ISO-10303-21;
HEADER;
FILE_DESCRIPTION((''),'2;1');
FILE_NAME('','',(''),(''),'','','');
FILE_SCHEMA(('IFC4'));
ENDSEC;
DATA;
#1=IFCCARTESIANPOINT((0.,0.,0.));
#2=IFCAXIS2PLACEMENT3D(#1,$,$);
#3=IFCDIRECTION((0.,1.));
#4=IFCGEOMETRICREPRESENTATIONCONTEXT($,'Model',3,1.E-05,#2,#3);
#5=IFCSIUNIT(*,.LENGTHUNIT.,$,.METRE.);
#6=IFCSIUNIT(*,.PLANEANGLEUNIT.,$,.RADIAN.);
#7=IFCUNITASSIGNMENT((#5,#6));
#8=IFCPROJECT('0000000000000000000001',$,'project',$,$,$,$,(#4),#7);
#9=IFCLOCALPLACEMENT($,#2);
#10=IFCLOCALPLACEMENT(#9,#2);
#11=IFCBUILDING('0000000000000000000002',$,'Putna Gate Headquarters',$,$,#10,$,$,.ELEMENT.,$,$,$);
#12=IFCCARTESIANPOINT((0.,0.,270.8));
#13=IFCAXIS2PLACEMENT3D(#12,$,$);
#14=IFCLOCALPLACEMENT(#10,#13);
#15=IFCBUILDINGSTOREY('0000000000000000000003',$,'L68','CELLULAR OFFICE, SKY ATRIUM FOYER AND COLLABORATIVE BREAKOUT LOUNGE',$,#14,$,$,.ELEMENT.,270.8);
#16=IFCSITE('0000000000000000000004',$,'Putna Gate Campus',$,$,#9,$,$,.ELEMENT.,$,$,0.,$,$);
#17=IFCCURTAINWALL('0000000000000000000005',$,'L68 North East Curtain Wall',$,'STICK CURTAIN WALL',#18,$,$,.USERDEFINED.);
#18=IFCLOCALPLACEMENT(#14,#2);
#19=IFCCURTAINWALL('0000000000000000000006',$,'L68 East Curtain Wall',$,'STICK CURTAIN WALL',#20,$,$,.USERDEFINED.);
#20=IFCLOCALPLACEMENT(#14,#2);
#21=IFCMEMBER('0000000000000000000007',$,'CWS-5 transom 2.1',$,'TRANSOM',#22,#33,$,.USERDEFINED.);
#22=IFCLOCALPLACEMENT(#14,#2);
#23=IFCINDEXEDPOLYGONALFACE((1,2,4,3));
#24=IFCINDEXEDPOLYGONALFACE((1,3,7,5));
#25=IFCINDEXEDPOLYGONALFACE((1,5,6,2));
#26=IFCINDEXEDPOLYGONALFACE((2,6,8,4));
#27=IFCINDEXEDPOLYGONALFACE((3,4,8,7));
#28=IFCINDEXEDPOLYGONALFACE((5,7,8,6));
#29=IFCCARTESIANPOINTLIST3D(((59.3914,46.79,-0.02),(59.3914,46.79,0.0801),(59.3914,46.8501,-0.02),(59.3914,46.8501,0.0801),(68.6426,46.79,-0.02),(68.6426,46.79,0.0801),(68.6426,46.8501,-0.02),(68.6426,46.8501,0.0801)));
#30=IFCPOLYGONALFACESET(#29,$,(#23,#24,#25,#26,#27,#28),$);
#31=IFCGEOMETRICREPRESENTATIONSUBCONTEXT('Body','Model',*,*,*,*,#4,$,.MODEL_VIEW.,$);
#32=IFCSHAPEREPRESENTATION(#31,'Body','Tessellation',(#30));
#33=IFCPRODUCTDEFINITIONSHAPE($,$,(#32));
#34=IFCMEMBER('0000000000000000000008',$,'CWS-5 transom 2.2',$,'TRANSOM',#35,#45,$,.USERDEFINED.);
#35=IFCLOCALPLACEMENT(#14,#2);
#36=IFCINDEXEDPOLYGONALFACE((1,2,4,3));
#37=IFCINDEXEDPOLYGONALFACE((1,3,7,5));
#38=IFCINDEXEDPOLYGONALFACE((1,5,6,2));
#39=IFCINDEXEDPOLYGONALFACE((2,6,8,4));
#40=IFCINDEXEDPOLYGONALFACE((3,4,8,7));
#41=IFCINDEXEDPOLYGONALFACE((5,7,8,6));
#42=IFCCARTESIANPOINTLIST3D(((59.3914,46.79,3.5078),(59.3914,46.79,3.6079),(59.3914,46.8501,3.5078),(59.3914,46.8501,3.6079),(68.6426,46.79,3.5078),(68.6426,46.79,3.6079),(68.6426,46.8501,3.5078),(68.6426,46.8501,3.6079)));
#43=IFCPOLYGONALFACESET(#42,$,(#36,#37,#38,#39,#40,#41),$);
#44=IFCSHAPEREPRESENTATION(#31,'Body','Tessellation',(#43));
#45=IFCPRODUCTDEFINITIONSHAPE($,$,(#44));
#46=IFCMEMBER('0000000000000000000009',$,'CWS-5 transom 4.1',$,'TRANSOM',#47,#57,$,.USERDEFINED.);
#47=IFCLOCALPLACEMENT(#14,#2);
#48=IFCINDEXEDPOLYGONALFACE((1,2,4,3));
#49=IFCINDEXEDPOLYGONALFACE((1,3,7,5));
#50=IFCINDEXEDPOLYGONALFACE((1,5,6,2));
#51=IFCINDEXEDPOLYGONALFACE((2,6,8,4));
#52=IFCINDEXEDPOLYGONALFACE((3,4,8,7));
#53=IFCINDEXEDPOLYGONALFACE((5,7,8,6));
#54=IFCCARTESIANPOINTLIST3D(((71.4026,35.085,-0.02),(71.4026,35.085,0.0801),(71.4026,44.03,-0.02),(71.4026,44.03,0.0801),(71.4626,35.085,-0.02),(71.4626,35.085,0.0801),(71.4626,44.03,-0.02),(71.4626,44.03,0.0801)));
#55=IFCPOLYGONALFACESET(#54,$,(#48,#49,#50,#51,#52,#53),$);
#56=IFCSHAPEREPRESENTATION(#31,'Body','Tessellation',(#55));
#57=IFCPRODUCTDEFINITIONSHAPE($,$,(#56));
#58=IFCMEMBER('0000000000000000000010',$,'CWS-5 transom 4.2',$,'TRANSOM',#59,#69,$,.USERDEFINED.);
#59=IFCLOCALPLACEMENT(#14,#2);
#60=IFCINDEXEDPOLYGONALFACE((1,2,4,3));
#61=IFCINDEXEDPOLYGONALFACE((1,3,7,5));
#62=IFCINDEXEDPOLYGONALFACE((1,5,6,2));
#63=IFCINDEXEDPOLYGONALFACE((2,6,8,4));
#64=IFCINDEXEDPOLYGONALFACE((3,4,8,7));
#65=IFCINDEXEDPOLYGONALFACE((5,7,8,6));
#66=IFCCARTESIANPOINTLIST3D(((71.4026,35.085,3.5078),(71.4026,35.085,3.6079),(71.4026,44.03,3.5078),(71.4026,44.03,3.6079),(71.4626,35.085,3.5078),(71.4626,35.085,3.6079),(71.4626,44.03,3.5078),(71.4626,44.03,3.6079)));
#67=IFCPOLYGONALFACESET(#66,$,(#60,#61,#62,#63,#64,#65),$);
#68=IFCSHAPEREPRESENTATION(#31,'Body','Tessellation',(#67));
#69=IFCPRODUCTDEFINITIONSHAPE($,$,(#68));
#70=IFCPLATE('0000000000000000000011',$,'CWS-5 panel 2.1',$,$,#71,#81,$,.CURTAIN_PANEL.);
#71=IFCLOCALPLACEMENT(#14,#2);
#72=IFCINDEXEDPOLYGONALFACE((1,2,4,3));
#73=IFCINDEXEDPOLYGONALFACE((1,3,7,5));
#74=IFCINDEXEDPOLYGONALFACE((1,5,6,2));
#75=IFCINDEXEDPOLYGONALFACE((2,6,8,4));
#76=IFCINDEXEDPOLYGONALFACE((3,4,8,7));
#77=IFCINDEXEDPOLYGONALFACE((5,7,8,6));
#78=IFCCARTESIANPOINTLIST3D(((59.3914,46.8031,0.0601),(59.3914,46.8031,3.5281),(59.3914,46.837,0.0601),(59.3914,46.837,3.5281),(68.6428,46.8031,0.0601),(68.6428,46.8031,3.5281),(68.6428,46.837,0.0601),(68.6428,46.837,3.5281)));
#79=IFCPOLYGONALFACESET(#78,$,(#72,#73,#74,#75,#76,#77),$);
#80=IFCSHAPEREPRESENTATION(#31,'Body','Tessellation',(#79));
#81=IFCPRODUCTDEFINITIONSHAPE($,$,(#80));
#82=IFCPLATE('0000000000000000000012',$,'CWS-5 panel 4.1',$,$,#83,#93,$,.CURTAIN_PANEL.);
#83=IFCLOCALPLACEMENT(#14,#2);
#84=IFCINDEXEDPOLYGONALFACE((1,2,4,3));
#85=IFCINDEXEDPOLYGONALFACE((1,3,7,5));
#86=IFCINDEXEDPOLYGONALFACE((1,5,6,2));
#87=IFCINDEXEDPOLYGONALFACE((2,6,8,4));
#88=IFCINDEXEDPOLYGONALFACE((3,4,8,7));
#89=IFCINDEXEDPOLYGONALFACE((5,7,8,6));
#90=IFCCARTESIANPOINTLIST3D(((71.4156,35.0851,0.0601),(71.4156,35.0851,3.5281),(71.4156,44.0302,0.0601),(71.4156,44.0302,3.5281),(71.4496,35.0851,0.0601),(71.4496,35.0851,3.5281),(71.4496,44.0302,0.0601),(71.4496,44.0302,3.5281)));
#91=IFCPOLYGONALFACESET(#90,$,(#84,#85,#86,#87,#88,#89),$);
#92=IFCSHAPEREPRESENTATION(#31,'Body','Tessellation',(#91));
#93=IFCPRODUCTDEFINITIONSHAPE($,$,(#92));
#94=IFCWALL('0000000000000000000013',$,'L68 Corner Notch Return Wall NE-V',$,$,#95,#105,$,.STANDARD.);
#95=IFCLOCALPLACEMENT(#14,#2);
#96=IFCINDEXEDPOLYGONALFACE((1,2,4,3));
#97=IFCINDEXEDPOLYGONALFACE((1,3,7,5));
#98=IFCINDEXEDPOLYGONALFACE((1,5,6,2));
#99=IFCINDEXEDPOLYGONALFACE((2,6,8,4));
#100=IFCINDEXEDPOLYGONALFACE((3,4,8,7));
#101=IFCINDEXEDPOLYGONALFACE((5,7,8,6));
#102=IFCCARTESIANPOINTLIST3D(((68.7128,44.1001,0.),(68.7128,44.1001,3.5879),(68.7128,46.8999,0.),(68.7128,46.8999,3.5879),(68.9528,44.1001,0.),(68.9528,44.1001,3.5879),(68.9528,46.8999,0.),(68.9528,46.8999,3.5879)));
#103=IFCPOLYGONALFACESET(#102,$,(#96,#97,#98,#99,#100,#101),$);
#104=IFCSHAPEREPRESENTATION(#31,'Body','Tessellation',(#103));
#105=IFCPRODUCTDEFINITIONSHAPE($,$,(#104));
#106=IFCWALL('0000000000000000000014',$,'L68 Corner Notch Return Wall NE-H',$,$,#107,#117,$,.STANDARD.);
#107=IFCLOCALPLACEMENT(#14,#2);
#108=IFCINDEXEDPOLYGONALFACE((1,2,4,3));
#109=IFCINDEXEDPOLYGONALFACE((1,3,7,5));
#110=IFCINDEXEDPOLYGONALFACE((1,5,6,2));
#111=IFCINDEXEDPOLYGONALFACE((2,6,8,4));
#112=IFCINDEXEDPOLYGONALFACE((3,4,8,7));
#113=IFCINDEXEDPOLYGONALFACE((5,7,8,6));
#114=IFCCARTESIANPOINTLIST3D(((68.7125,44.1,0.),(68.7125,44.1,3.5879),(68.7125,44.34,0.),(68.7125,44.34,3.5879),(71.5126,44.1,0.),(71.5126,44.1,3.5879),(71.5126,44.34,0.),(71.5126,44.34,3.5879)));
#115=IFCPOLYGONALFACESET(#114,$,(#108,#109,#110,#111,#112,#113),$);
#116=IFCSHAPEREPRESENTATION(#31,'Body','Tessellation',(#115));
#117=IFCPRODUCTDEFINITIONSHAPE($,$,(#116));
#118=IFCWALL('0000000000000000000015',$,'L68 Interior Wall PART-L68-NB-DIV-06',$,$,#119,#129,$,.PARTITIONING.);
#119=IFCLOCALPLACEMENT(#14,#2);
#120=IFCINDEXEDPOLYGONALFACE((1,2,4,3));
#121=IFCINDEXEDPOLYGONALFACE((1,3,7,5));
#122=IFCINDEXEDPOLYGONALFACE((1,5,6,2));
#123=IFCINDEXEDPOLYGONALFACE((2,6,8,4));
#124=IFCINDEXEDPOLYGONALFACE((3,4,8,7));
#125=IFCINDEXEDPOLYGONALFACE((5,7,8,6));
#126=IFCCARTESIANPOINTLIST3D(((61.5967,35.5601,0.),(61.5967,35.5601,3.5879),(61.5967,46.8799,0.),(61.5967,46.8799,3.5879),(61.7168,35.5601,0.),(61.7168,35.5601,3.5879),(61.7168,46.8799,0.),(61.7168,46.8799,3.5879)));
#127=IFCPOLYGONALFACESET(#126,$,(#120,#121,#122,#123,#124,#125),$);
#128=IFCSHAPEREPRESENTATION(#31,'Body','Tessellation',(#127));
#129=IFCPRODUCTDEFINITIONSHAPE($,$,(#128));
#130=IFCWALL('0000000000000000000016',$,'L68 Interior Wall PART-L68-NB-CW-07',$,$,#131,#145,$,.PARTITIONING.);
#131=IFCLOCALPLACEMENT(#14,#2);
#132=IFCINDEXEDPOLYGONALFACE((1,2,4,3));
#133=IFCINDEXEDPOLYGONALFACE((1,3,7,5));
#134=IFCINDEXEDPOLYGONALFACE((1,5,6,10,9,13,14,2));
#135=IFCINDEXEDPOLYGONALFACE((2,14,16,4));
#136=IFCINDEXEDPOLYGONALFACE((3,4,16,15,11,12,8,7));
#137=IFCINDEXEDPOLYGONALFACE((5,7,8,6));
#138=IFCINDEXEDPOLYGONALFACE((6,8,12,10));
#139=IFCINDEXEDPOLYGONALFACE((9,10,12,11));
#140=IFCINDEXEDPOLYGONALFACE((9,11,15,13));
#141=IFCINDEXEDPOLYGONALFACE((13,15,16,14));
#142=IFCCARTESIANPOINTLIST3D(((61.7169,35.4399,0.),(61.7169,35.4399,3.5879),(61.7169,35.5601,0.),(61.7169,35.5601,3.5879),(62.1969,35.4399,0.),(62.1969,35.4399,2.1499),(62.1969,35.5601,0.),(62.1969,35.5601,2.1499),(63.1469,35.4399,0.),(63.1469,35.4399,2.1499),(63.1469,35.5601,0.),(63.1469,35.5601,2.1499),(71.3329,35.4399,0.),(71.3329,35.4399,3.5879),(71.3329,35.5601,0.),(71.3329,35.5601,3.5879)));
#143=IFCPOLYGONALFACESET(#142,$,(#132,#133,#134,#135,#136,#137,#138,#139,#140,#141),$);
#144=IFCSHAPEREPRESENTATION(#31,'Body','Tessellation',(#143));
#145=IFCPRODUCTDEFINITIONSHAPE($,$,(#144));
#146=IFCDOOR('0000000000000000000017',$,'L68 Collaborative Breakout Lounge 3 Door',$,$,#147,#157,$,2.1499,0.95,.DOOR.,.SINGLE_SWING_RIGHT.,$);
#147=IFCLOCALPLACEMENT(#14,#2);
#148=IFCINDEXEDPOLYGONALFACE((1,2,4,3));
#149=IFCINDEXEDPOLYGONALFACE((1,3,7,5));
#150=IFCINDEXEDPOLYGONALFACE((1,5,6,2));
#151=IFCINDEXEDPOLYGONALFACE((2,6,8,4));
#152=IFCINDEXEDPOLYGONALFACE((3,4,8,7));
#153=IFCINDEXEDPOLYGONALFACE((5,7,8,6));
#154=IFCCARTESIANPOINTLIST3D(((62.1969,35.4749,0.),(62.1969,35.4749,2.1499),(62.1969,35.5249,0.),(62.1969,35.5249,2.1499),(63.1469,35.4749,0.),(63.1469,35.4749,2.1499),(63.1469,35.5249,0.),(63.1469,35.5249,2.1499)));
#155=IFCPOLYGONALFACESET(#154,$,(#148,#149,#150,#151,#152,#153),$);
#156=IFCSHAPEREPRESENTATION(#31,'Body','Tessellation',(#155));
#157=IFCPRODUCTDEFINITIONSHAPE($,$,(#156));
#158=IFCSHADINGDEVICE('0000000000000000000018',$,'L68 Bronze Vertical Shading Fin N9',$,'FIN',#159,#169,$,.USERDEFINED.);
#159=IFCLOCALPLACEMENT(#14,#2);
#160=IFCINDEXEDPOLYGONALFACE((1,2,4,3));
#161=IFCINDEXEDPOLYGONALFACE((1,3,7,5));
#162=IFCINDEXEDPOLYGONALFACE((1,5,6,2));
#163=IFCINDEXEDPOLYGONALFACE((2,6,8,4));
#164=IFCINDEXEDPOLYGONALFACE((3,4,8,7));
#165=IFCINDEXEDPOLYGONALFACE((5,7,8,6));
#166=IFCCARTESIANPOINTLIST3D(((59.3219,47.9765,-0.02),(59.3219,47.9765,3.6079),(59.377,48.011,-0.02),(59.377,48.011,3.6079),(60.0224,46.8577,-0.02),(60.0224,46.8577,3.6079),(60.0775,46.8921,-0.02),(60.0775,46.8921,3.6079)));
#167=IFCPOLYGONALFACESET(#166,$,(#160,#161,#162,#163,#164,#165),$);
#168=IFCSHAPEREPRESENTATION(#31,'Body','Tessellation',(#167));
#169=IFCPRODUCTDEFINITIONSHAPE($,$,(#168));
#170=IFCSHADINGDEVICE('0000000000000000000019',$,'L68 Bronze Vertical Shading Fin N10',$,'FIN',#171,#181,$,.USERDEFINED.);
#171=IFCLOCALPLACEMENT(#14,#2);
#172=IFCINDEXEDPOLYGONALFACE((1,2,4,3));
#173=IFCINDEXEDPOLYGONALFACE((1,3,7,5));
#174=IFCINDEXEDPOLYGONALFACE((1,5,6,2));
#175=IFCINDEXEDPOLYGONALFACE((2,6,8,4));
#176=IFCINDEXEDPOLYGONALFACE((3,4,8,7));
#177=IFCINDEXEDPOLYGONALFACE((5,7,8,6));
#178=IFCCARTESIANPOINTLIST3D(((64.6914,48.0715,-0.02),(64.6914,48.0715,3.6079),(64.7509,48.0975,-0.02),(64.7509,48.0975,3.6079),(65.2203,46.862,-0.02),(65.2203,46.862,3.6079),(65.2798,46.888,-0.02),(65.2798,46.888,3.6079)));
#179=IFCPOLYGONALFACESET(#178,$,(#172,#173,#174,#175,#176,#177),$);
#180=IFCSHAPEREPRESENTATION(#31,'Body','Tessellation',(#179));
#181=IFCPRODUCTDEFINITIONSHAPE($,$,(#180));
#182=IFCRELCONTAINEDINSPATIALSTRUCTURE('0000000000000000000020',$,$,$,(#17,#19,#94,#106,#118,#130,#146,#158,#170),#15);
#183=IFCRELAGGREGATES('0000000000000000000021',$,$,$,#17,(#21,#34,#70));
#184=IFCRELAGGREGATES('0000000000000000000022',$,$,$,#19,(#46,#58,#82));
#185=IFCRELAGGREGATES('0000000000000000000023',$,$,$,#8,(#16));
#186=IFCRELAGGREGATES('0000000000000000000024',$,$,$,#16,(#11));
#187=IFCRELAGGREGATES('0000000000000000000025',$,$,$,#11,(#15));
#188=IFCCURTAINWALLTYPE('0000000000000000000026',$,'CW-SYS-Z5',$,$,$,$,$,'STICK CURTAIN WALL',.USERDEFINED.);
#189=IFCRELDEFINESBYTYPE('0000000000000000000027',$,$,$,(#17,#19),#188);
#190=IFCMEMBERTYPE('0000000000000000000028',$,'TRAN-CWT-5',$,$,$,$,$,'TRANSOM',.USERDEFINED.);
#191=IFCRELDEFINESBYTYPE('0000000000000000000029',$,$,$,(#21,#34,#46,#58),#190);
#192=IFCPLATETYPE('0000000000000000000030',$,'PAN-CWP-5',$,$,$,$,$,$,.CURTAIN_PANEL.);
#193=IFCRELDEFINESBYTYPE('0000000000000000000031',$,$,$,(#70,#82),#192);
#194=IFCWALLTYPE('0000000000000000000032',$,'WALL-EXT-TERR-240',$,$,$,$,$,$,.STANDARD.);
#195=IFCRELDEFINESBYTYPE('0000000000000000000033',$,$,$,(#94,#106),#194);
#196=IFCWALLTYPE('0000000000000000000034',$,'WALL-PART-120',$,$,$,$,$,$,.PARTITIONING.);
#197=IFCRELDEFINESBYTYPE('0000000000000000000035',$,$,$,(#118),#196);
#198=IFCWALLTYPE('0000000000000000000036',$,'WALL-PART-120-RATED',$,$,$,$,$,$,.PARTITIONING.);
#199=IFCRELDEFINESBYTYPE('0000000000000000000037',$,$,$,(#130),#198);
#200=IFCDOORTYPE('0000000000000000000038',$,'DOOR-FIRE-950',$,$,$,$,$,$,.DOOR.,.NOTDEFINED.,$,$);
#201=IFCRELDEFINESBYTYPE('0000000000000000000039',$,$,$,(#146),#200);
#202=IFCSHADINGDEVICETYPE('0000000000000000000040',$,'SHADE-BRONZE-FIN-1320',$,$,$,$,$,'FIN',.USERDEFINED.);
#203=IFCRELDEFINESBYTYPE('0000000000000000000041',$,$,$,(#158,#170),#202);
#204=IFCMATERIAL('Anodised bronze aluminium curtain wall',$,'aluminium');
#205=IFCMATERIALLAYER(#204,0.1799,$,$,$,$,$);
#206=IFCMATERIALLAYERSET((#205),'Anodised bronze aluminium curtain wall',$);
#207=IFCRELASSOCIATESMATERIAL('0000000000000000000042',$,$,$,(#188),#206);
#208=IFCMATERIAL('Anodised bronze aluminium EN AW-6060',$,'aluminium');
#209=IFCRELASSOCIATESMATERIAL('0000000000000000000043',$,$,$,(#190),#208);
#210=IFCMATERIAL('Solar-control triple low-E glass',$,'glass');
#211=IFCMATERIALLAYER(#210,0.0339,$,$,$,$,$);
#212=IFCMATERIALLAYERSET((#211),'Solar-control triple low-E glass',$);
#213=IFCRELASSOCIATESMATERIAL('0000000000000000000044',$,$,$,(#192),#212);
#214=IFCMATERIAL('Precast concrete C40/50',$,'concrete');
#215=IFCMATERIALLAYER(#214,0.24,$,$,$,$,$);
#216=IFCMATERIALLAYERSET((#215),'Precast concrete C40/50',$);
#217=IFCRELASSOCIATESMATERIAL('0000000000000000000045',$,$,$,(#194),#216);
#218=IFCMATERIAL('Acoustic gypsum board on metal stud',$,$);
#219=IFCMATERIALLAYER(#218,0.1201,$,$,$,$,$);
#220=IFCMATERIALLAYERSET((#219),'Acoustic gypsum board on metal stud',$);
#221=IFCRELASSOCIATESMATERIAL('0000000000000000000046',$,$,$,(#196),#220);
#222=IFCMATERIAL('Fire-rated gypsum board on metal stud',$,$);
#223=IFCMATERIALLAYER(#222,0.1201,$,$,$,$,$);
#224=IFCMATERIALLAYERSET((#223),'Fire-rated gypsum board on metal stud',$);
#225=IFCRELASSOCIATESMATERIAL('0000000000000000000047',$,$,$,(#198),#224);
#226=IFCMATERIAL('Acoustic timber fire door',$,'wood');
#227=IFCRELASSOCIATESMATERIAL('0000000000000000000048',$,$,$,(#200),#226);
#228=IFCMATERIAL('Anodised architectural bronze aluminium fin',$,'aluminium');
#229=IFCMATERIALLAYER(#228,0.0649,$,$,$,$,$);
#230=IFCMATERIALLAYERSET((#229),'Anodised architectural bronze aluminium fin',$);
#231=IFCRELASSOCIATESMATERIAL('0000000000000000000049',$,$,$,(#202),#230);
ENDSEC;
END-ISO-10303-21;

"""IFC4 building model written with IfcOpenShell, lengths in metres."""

from ifc_helpers import new_model, si_unit, direction, frame, frame_2d, origin, origin_2d, place, context, subcontext, project, spatial, rectangle, extrude, material, layer, layer_set, material_profile, profile_set, type_object, element, fill, aggregate, save


model = new_model("IFC4")

# Units and contexts
model_context = context("Model", 3, precision=1e-05, world=origin(), true_north=direction((0.0, 1.0)))
body_context = subcontext(model_context, "Body", "Model", "MODEL_VIEW")
ifc_project = project(units=[si_unit("LENGTHUNIT", "METRE"), si_unit("PLANEANGLEUNIT", "RADIAN")], contexts=[model_context])

# Site, building, storey
site_placement = place(None, origin())
site = spatial("IfcSite", under=ifc_project, at=site_placement, Name="Putna Gate Campus", CompositionType="ELEMENT", RefElevation=0.0)
building_placement = place(site_placement, origin())
building = spatial("IfcBuilding", under=site, at=building_placement, Name="Putna Gate Headquarters", CompositionType="ELEMENT")
storey_placement = place(building_placement, frame((0.0, 0.0, 270.8)))
storey = spatial("IfcBuildingStorey", under=building, at=storey_placement, Name="L68", Description="CELLULAR OFFICE, SKY ATRIUM FOYER AND COLLABORATIVE BREAKOUT LOUNGE", CompositionType="ELEMENT", Elevation=270.8)

# Curtain walls
ifc_material_1 = material(Name="Anodised bronze aluminium curtain wall", Category="aluminium")
ifc_layer_1 = layer(ifc_material_1, 0.1799)
ifc_layer_set_1 = layer_set([ifc_layer_1], Name="Anodised bronze aluminium curtain wall")
curtain_wall_type = type_object("IfcCurtainWallType", Name="CW-SYS-Z5", ElementType="STICK CURTAIN WALL", PredefinedType="USERDEFINED", material=ifc_layer_set_1)
curtain_wall_1_placement = place(storey_placement, origin())
curtain_wall_1 = element("IfcCurtainWall", 1, at=curtain_wall_1_placement, inside=storey, type_object=curtain_wall_type, Name="L68 North East Curtain Wall", ObjectType="STICK CURTAIN WALL", PredefinedType="USERDEFINED")
ifc_material_2 = material(Name="Anodised bronze aluminium EN AW-6060", Category="aluminium")
curtain_wall_2_placement = place(storey_placement, origin())
curtain_wall_2 = element("IfcCurtainWall", 2, at=curtain_wall_2_placement, inside=storey, type_object=curtain_wall_type, Name="L68 East Curtain Wall", ObjectType="STICK CURTAIN WALL", PredefinedType="USERDEFINED")

# Members
ifc_material_profile_1 = material_profile(ifc_material_2, rectangle(XDim=0.0601, YDim=0.1001, at=origin_2d()), Name="Anodised bronze aluminium EN AW-6060")
ifc_profile_set_1 = profile_set([ifc_material_profile_1], Name="Anodised bronze aluminium EN AW-6060")
member_type_1 = type_object("IfcMemberType", Name="TRAN-CWT-5", ElementType="TRANSOM", PredefinedType="USERDEFINED", material=ifc_profile_set_1)
member_1_placement = place(storey_placement, frame((59.3914, 46.8201, 0.03), z_axis=(1.0, 0.0, 0.0), x_axis=(0.0, 1.0, 0.0)))
member_1 = element("IfcMember", 3, at=member_1_placement, type_object=member_type_1, Name="CWS-5 transom 2.1", ObjectType="TRANSOM", PredefinedType="USERDEFINED", context=body_context, shape_type="SweptSolid", body=[
    extrude(rectangle(XDim=0.0601, YDim=0.1001, at=origin_2d()), origin(), (0.0, 0.0, 1.0), 9.2512),
])
member_2_placement = place(storey_placement, frame((59.3914, 46.8201, 3.5579), z_axis=(1.0, 0.0, 0.0), x_axis=(0.0, 1.0, 0.0)))
member_2 = element("IfcMember", 4, at=member_2_placement, type_object=member_type_1, Name="CWS-5 transom 2.2", ObjectType="TRANSOM", PredefinedType="USERDEFINED", context=body_context, shape_type="SweptSolid", body=[
    extrude(rectangle(XDim=0.0601, YDim=0.1001, at=origin_2d()), origin(), (0.0, 0.0, 1.0), 9.2512),
])
member_3_placement = place(storey_placement, frame((71.4326, 35.085, 0.03), z_axis=(0.0, 1.0, 0.0), x_axis=(-1.0, 0.0, 0.0)))
member_3 = element("IfcMember", 5, at=member_3_placement, type_object=member_type_1, Name="CWS-5 transom 4.1", ObjectType="TRANSOM", PredefinedType="USERDEFINED", context=body_context, shape_type="SweptSolid", body=[
    extrude(rectangle(XDim=0.0601, YDim=0.1001, at=origin_2d()), origin(), (0.0, 0.0, 1.0), 8.9451),
])
member_4_placement = place(storey_placement, frame((71.4326, 35.085, 3.5579), z_axis=(0.0, 1.0, 0.0), x_axis=(-1.0, 0.0, 0.0)))
member_4 = element("IfcMember", 6, at=member_4_placement, type_object=member_type_1, Name="CWS-5 transom 4.2", ObjectType="TRANSOM", PredefinedType="USERDEFINED", context=body_context, shape_type="SweptSolid", body=[
    extrude(rectangle(XDim=0.0601, YDim=0.1001, at=origin_2d()), origin(), (0.0, 0.0, 1.0), 8.9451),
])

# Plates
ifc_material_3 = material(Name="Solar-control triple low-E glass", Category="glass")
ifc_layer_2 = layer(ifc_material_3, 0.0339)
ifc_layer_set_2 = layer_set([ifc_layer_2], Name="Solar-control triple low-E glass")
plate_type = type_object("IfcPlateType", Name="PAN-CWP-5", PredefinedType="CURTAIN_PANEL", material=ifc_layer_set_2)
plate_1_placement = place(storey_placement, frame((64.0171, 46.8201, 0.0601), z_axis=(0.0, 0.0, 1.0), x_axis=(1.0, 0.0, 0.0)))
plate_1 = element("IfcPlate", 7, at=plate_1_placement, type_object=plate_type, Name="CWS-5 panel 2.1", PredefinedType="CURTAIN_PANEL", context=body_context, shape_type="SweptSolid", body=[
    extrude(rectangle(XDim=9.2515, YDim=0.0339, at=origin_2d()), origin(), (0.0, 0.0, 1.0), 3.468),
])
aggregate(curtain_wall_1, [member_1, member_2, plate_1])
plate_2_placement = place(storey_placement, frame((71.4326, 39.5576, 0.0601), z_axis=(0.0, 0.0, 1.0), x_axis=(0.0, 1.0, 0.0)))
plate_2 = element("IfcPlate", 8, at=plate_2_placement, type_object=plate_type, Name="CWS-5 panel 4.1", PredefinedType="CURTAIN_PANEL", context=body_context, shape_type="SweptSolid", body=[
    extrude(rectangle(XDim=8.9451, YDim=0.0339, at=origin_2d()), origin(), (0.0, 0.0, 1.0), 3.468),
])
aggregate(curtain_wall_2, [member_3, member_4, plate_2])

# Walls
ifc_material_4 = material(Name="Precast concrete C40/50", Category="concrete")
ifc_layer_3 = layer(ifc_material_4, 0.24)
ifc_layer_set_3 = layer_set([ifc_layer_3], Name="Precast concrete C40/50")
wall_type_1 = type_object("IfcWallType", Name="WALL-EXT-TERR-240", PredefinedType="STANDARD", material=ifc_layer_set_3)
wall_1_placement = place(storey_placement, frame((68.8328, 46.8999, 0.0), z_axis=(0.0, 0.0, 1.0), x_axis=(0.0, -1.0, 0.0)))
element("IfcWall", 9, at=wall_1_placement, inside=storey, type_object=wall_type_1, Name="L68 Corner Notch Return Wall NE-V", PredefinedType="STANDARD", context=body_context, shape_type="SweptSolid", body=[
    extrude(rectangle(XDim=2.7998, YDim=0.24, at=frame_2d((1.3999, 0.0))), origin(), (0.0, 0.0, 1.0), 3.5879),
])
wall_2_placement = place(storey_placement, frame((68.7126, 44.22, 0.0), z_axis=(0.0, 0.0, 1.0), x_axis=(1.0, 0.0, 0.0)))
element("IfcWall", 10, at=wall_2_placement, inside=storey, type_object=wall_type_1, Name="L68 Corner Notch Return Wall NE-H", PredefinedType="STANDARD", context=body_context, shape_type="SweptSolid", body=[
    extrude(rectangle(XDim=2.8, YDim=0.24, at=frame_2d((1.3999, 0.0))), origin(), (0.0, 0.0, 1.0), 3.5879),
])
ifc_material_5 = material(Name="Acoustic gypsum board on metal stud")
ifc_layer_4 = layer(ifc_material_5, 0.1201)
ifc_layer_set_4 = layer_set([ifc_layer_4], Name="Acoustic gypsum board on metal stud")
wall_type_2 = type_object("IfcWallType", Name="WALL-PART-120", PredefinedType="PARTITIONING", material=ifc_layer_set_4)
wall_3_placement = place(storey_placement, frame((61.6567, 35.5601, 0.0), z_axis=(0.0, 0.0, 1.0), x_axis=(0.0, 1.0, 0.0)))
element("IfcWall", 11, at=wall_3_placement, inside=storey, type_object=wall_type_2, Name="L68 Interior Wall PART-L68-NB-DIV-06", PredefinedType="PARTITIONING", context=body_context, shape_type="SweptSolid", body=[
    extrude(rectangle(XDim=11.3198, YDim=0.1201, at=frame_2d((5.6599, 0.0))), origin(), (0.0, 0.0, 1.0), 3.5879),
])

# Wall, opening, door
ifc_material_6 = material(Name="Fire-rated gypsum board on metal stud")
ifc_layer_5 = layer(ifc_material_6, 0.1201)
ifc_layer_set_5 = layer_set([ifc_layer_5], Name="Fire-rated gypsum board on metal stud")
wall_type_3 = type_object("IfcWallType", Name="WALL-PART-120-RATED", PredefinedType="PARTITIONING", material=ifc_layer_set_5)
wall_4_placement = place(storey_placement, frame((61.7168, 35.5, 0.0), z_axis=(0.0, 0.0, 1.0), x_axis=(1.0, 0.0, 0.0)))
wall_4 = element("IfcWall", 12, at=wall_4_placement, inside=storey, type_object=wall_type_3, Name="L68 Interior Wall PART-L68-NB-CW-07", PredefinedType="PARTITIONING", context=body_context, shape_type="SweptSolid", body=[
    extrude(rectangle(XDim=9.616, YDim=0.1201, at=frame_2d((4.8081, 0.0))), origin(), (0.0, 0.0, 1.0), 3.5879),
])
opening_placement = place(wall_4_placement, frame((0.48, 0.0, 0.0)))
opening = element("IfcOpeningElement", 13, at=opening_placement, cuts=wall_4, PredefinedType="OPENING", context=body_context, shape_type="SweptSolid", body=[
    extrude(rectangle(XDim=0.95, YDim=2.1499, at=frame_2d((0.4751, 1.075))), frame((0.0, 0.0701, 0.0), z_axis=(0.0, -1.0, 0.0), x_axis=(1.0, 0.0, 0.0)), (0.0, 0.0, 1.0), 0.1401),
])
ifc_material_7 = material(Name="Acoustic timber fire door", Category="wood")
door_type = type_object("IfcDoorType", Name="DOOR-FIRE-950", OperationType="NOTDEFINED", PredefinedType="DOOR", material=ifc_material_7)
door_placement = place(opening_placement, origin())
door = element("IfcDoor", 14, at=door_placement, inside=storey, type_object=door_type, Name="L68 Collaborative Breakout Lounge 3 Door", OperationType="SINGLE_SWING_RIGHT", OverallHeight=2.1499, OverallWidth=0.95, PredefinedType="DOOR", context=body_context, shape_type="SweptSolid", body=[
    extrude(rectangle(XDim=0.95, YDim=2.1499, at=frame_2d((0.4751, 1.075))), frame((0.0, 0.0249, 0.0), z_axis=(0.0, -1.0, 0.0), x_axis=(1.0, 0.0, 0.0)), (0.0, 0.0, 1.0), 0.05),
])
fill(opening, door)

# Shading devices
ifc_material_8 = material(Name="Anodised architectural bronze aluminium fin", Category="aluminium")
ifc_layer_6 = layer(ifc_material_8, 0.0649)
ifc_layer_set_6 = layer_set([ifc_layer_6], Name="Anodised architectural bronze aluminium fin")
shading_device_type = type_object("IfcShadingDeviceType", Name="SHADE-BRONZE-FIN-1320", ElementType="FIN", PredefinedType="USERDEFINED", material=ifc_layer_set_6)
for number, where, z_axis, x_axis, name in (
    (15, (59.6997, 47.4343, -0.02), (0.0, 0.0, 1.0), (-0.530659, 0.847585, 0.0), "L68 Bronze Vertical Shading Fin N9"),
    (16, (64.9856, 47.4797, -0.02), (0.0, 0.0, 1.0), (-0.400669, 0.916223, 0.0), "L68 Bronze Vertical Shading Fin N10"),
):
    element("IfcShadingDevice", number, at=place(storey_placement, frame(where, z_axis=z_axis, x_axis=x_axis)), inside=storey, type_object=shading_device_type, Name=name, ObjectType="FIN", PredefinedType="USERDEFINED", context=body_context, shape_type="SweptSolid", body=[
        extrude(rectangle(XDim=1.3201, YDim=0.0649, at=origin_2d()), origin(), (0.0, 0.0, 1.0), 3.6279),
    ])

save(model, "model.ifc")
